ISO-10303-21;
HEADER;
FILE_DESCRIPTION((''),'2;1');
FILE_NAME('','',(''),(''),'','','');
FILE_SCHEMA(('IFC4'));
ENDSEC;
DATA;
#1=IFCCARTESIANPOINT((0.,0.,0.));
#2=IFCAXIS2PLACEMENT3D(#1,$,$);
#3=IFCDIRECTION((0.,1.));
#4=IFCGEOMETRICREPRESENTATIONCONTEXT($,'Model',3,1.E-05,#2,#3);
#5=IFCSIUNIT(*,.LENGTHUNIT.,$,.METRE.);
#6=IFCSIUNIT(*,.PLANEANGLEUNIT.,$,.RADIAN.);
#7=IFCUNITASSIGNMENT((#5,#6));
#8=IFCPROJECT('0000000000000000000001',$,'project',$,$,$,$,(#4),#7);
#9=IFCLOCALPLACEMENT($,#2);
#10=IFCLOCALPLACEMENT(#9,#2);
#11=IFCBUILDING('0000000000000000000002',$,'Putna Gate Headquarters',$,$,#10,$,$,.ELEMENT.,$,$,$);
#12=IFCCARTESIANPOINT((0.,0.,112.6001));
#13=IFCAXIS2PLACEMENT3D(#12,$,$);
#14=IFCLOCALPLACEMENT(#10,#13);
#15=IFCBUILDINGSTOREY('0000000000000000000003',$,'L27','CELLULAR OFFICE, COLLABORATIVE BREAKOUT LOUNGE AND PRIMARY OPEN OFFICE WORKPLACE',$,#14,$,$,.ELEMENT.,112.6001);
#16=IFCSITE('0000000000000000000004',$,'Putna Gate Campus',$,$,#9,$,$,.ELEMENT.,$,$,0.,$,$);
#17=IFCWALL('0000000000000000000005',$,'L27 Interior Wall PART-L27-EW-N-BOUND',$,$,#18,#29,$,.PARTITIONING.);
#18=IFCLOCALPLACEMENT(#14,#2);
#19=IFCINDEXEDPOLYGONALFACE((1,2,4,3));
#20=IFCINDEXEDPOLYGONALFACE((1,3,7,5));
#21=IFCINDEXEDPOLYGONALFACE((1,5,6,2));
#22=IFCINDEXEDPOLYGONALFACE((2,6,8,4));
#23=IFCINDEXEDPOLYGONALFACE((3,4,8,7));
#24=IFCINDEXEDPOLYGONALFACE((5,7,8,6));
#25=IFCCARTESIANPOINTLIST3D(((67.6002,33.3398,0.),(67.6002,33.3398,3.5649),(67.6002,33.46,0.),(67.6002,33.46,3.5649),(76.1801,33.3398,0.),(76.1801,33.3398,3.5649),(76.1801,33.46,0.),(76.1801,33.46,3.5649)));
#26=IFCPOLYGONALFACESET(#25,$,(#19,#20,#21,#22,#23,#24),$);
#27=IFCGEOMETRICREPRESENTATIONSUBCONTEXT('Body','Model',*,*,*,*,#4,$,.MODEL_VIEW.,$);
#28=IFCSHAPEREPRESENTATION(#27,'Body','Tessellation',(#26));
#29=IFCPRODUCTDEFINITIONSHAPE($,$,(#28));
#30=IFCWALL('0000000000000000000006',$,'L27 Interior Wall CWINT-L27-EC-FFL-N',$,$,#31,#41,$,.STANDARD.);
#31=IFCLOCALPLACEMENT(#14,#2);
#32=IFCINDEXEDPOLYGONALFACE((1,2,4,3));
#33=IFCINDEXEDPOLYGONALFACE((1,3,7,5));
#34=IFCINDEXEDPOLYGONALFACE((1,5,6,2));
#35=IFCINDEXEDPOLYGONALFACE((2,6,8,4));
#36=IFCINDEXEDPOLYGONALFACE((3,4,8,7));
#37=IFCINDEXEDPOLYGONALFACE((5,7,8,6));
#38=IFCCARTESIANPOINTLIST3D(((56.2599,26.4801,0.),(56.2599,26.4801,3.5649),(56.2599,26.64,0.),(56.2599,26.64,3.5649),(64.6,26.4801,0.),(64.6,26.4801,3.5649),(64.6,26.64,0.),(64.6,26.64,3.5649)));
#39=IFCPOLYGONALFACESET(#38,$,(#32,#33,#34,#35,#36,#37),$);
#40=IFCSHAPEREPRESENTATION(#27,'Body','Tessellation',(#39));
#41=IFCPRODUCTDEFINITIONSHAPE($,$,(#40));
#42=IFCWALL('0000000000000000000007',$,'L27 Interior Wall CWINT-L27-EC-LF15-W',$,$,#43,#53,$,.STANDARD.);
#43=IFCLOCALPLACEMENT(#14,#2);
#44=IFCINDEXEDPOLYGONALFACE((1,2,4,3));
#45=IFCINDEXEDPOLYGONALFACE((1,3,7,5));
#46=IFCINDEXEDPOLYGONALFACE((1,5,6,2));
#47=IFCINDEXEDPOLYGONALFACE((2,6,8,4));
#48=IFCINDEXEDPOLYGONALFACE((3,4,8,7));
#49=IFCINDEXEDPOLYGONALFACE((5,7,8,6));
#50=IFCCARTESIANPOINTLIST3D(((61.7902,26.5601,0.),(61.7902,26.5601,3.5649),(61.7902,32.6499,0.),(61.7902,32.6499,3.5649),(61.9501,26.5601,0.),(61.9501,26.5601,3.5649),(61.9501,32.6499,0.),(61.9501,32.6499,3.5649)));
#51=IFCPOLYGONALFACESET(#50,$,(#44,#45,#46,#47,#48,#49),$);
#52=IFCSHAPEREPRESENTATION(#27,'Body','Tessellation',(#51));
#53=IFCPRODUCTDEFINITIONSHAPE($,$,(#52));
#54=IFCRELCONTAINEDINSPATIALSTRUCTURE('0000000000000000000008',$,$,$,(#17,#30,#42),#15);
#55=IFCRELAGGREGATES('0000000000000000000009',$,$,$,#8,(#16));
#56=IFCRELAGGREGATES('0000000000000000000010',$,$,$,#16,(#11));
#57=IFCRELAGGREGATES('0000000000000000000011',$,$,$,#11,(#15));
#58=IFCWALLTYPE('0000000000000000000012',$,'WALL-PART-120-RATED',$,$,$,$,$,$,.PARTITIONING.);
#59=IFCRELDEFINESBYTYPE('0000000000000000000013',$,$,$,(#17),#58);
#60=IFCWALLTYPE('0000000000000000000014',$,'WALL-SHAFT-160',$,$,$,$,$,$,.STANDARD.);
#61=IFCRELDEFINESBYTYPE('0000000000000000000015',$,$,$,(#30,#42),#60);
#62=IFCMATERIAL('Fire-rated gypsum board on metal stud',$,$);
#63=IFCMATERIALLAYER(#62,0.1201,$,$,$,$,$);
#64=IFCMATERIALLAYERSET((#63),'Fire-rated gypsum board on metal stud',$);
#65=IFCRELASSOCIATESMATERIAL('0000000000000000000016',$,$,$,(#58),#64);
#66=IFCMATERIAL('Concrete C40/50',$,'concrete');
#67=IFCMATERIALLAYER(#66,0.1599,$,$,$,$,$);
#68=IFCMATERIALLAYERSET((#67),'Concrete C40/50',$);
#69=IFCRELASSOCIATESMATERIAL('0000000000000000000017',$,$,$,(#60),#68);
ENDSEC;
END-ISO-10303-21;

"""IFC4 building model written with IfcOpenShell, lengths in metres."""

from ifc_helpers import new_model, si_unit, direction, frame, frame_2d, origin, place, context, subcontext, project, spatial, rectangle, extrude, material, layer, layer_set, type_object, element, save


model = new_model("IFC4")

# Units and contexts
model_context = context("Model", 3, precision=1e-05, world=origin(), true_north=direction((0.0, 1.0)))
body_context = subcontext(model_context, "Body", "Model", "MODEL_VIEW")
ifc_project = project(units=[si_unit("LENGTHUNIT", "METRE"), si_unit("PLANEANGLEUNIT", "RADIAN")], contexts=[model_context])

# Site, building, storey
site_placement = place(None, origin())
site = spatial("IfcSite", under=ifc_project, at=site_placement, Name="Putna Gate Campus", CompositionType="ELEMENT", RefElevation=0.0)
building_placement = place(site_placement, origin())
building = spatial("IfcBuilding", under=site, at=building_placement, Name="Putna Gate Headquarters", CompositionType="ELEMENT")
storey_placement = place(building_placement, frame((0.0, 0.0, 112.6001)))
storey = spatial("IfcBuildingStorey", under=building, at=storey_placement, Name="L27", Description="CELLULAR OFFICE, COLLABORATIVE BREAKOUT LOUNGE AND PRIMARY OPEN OFFICE WORKPLACE", CompositionType="ELEMENT", Elevation=112.6001)

# Shared definitions
ifc_material_1 = material(Name="Fire-rated gypsum board on metal stud")
ifc_layer_1 = layer(ifc_material_1, 0.1201)
ifc_layer_set_1 = layer_set([ifc_layer_1], Name="Fire-rated gypsum board on metal stud")
wall_type_1 = type_object("IfcWallType", Name="WALL-PART-120-RATED", PredefinedType="PARTITIONING", material=ifc_layer_set_1)

# Walls
wall_1_placement = place(storey_placement, frame((67.6001, 33.3999, 0.0), z_axis=(0.0, 0.0, 1.0), x_axis=(1.0, 0.0, 0.0)))
element("IfcWall", 1, at=wall_1_placement, inside=storey, type_object=wall_type_1, Name="L27 Interior Wall PART-L27-EW-N-BOUND", PredefinedType="PARTITIONING", context=body_context, shape_type="SweptSolid", body=[
    extrude(rectangle(XDim=8.5798, YDim=0.1201, at=frame_2d((4.29, 0.0))), origin(), (0.0, 0.0, 1.0), 3.5649),
])
ifc_material_2 = material(Name="Concrete C40/50", Category="concrete")
ifc_layer_2 = layer(ifc_material_2, 0.1599)
ifc_layer_set_2 = layer_set([ifc_layer_2], Name="Concrete C40/50")
wall_type_2 = type_object("IfcWallType", Name="WALL-SHAFT-160", PredefinedType="STANDARD", material=ifc_layer_set_2)
wall_2_placement = place(storey_placement, frame((56.26, 26.5601, 0.0), z_axis=(0.0, 0.0, 1.0), x_axis=(1.0, 0.0, 0.0)))
element("IfcWall", 2, at=wall_2_placement, inside=storey, type_object=wall_type_2, Name="L27 Interior Wall CWINT-L27-EC-FFL-N", PredefinedType="STANDARD", context=body_context, shape_type="SweptSolid", body=[
    extrude(rectangle(XDim=8.3401, YDim=0.1599, at=frame_2d((4.1699, 0.0))), origin(), (0.0, 0.0, 1.0), 3.5649),
])
wall_3_placement = place(storey_placement, frame((61.8701, 26.5601, 0.0), z_axis=(0.0, 0.0, 1.0), x_axis=(0.0, 1.0, 0.0)))
element("IfcWall", 3, at=wall_3_placement, inside=storey, type_object=wall_type_2, Name="L27 Interior Wall CWINT-L27-EC-LF15-W", PredefinedType="STANDARD", context=body_context, shape_type="SweptSolid", body=[
    extrude(rectangle(XDim=6.0898, YDim=0.1599, at=frame_2d((3.0449, 0.0))), origin(), (0.0, 0.0, 1.0), 3.5649),
])

save(model, "model.ifc")
